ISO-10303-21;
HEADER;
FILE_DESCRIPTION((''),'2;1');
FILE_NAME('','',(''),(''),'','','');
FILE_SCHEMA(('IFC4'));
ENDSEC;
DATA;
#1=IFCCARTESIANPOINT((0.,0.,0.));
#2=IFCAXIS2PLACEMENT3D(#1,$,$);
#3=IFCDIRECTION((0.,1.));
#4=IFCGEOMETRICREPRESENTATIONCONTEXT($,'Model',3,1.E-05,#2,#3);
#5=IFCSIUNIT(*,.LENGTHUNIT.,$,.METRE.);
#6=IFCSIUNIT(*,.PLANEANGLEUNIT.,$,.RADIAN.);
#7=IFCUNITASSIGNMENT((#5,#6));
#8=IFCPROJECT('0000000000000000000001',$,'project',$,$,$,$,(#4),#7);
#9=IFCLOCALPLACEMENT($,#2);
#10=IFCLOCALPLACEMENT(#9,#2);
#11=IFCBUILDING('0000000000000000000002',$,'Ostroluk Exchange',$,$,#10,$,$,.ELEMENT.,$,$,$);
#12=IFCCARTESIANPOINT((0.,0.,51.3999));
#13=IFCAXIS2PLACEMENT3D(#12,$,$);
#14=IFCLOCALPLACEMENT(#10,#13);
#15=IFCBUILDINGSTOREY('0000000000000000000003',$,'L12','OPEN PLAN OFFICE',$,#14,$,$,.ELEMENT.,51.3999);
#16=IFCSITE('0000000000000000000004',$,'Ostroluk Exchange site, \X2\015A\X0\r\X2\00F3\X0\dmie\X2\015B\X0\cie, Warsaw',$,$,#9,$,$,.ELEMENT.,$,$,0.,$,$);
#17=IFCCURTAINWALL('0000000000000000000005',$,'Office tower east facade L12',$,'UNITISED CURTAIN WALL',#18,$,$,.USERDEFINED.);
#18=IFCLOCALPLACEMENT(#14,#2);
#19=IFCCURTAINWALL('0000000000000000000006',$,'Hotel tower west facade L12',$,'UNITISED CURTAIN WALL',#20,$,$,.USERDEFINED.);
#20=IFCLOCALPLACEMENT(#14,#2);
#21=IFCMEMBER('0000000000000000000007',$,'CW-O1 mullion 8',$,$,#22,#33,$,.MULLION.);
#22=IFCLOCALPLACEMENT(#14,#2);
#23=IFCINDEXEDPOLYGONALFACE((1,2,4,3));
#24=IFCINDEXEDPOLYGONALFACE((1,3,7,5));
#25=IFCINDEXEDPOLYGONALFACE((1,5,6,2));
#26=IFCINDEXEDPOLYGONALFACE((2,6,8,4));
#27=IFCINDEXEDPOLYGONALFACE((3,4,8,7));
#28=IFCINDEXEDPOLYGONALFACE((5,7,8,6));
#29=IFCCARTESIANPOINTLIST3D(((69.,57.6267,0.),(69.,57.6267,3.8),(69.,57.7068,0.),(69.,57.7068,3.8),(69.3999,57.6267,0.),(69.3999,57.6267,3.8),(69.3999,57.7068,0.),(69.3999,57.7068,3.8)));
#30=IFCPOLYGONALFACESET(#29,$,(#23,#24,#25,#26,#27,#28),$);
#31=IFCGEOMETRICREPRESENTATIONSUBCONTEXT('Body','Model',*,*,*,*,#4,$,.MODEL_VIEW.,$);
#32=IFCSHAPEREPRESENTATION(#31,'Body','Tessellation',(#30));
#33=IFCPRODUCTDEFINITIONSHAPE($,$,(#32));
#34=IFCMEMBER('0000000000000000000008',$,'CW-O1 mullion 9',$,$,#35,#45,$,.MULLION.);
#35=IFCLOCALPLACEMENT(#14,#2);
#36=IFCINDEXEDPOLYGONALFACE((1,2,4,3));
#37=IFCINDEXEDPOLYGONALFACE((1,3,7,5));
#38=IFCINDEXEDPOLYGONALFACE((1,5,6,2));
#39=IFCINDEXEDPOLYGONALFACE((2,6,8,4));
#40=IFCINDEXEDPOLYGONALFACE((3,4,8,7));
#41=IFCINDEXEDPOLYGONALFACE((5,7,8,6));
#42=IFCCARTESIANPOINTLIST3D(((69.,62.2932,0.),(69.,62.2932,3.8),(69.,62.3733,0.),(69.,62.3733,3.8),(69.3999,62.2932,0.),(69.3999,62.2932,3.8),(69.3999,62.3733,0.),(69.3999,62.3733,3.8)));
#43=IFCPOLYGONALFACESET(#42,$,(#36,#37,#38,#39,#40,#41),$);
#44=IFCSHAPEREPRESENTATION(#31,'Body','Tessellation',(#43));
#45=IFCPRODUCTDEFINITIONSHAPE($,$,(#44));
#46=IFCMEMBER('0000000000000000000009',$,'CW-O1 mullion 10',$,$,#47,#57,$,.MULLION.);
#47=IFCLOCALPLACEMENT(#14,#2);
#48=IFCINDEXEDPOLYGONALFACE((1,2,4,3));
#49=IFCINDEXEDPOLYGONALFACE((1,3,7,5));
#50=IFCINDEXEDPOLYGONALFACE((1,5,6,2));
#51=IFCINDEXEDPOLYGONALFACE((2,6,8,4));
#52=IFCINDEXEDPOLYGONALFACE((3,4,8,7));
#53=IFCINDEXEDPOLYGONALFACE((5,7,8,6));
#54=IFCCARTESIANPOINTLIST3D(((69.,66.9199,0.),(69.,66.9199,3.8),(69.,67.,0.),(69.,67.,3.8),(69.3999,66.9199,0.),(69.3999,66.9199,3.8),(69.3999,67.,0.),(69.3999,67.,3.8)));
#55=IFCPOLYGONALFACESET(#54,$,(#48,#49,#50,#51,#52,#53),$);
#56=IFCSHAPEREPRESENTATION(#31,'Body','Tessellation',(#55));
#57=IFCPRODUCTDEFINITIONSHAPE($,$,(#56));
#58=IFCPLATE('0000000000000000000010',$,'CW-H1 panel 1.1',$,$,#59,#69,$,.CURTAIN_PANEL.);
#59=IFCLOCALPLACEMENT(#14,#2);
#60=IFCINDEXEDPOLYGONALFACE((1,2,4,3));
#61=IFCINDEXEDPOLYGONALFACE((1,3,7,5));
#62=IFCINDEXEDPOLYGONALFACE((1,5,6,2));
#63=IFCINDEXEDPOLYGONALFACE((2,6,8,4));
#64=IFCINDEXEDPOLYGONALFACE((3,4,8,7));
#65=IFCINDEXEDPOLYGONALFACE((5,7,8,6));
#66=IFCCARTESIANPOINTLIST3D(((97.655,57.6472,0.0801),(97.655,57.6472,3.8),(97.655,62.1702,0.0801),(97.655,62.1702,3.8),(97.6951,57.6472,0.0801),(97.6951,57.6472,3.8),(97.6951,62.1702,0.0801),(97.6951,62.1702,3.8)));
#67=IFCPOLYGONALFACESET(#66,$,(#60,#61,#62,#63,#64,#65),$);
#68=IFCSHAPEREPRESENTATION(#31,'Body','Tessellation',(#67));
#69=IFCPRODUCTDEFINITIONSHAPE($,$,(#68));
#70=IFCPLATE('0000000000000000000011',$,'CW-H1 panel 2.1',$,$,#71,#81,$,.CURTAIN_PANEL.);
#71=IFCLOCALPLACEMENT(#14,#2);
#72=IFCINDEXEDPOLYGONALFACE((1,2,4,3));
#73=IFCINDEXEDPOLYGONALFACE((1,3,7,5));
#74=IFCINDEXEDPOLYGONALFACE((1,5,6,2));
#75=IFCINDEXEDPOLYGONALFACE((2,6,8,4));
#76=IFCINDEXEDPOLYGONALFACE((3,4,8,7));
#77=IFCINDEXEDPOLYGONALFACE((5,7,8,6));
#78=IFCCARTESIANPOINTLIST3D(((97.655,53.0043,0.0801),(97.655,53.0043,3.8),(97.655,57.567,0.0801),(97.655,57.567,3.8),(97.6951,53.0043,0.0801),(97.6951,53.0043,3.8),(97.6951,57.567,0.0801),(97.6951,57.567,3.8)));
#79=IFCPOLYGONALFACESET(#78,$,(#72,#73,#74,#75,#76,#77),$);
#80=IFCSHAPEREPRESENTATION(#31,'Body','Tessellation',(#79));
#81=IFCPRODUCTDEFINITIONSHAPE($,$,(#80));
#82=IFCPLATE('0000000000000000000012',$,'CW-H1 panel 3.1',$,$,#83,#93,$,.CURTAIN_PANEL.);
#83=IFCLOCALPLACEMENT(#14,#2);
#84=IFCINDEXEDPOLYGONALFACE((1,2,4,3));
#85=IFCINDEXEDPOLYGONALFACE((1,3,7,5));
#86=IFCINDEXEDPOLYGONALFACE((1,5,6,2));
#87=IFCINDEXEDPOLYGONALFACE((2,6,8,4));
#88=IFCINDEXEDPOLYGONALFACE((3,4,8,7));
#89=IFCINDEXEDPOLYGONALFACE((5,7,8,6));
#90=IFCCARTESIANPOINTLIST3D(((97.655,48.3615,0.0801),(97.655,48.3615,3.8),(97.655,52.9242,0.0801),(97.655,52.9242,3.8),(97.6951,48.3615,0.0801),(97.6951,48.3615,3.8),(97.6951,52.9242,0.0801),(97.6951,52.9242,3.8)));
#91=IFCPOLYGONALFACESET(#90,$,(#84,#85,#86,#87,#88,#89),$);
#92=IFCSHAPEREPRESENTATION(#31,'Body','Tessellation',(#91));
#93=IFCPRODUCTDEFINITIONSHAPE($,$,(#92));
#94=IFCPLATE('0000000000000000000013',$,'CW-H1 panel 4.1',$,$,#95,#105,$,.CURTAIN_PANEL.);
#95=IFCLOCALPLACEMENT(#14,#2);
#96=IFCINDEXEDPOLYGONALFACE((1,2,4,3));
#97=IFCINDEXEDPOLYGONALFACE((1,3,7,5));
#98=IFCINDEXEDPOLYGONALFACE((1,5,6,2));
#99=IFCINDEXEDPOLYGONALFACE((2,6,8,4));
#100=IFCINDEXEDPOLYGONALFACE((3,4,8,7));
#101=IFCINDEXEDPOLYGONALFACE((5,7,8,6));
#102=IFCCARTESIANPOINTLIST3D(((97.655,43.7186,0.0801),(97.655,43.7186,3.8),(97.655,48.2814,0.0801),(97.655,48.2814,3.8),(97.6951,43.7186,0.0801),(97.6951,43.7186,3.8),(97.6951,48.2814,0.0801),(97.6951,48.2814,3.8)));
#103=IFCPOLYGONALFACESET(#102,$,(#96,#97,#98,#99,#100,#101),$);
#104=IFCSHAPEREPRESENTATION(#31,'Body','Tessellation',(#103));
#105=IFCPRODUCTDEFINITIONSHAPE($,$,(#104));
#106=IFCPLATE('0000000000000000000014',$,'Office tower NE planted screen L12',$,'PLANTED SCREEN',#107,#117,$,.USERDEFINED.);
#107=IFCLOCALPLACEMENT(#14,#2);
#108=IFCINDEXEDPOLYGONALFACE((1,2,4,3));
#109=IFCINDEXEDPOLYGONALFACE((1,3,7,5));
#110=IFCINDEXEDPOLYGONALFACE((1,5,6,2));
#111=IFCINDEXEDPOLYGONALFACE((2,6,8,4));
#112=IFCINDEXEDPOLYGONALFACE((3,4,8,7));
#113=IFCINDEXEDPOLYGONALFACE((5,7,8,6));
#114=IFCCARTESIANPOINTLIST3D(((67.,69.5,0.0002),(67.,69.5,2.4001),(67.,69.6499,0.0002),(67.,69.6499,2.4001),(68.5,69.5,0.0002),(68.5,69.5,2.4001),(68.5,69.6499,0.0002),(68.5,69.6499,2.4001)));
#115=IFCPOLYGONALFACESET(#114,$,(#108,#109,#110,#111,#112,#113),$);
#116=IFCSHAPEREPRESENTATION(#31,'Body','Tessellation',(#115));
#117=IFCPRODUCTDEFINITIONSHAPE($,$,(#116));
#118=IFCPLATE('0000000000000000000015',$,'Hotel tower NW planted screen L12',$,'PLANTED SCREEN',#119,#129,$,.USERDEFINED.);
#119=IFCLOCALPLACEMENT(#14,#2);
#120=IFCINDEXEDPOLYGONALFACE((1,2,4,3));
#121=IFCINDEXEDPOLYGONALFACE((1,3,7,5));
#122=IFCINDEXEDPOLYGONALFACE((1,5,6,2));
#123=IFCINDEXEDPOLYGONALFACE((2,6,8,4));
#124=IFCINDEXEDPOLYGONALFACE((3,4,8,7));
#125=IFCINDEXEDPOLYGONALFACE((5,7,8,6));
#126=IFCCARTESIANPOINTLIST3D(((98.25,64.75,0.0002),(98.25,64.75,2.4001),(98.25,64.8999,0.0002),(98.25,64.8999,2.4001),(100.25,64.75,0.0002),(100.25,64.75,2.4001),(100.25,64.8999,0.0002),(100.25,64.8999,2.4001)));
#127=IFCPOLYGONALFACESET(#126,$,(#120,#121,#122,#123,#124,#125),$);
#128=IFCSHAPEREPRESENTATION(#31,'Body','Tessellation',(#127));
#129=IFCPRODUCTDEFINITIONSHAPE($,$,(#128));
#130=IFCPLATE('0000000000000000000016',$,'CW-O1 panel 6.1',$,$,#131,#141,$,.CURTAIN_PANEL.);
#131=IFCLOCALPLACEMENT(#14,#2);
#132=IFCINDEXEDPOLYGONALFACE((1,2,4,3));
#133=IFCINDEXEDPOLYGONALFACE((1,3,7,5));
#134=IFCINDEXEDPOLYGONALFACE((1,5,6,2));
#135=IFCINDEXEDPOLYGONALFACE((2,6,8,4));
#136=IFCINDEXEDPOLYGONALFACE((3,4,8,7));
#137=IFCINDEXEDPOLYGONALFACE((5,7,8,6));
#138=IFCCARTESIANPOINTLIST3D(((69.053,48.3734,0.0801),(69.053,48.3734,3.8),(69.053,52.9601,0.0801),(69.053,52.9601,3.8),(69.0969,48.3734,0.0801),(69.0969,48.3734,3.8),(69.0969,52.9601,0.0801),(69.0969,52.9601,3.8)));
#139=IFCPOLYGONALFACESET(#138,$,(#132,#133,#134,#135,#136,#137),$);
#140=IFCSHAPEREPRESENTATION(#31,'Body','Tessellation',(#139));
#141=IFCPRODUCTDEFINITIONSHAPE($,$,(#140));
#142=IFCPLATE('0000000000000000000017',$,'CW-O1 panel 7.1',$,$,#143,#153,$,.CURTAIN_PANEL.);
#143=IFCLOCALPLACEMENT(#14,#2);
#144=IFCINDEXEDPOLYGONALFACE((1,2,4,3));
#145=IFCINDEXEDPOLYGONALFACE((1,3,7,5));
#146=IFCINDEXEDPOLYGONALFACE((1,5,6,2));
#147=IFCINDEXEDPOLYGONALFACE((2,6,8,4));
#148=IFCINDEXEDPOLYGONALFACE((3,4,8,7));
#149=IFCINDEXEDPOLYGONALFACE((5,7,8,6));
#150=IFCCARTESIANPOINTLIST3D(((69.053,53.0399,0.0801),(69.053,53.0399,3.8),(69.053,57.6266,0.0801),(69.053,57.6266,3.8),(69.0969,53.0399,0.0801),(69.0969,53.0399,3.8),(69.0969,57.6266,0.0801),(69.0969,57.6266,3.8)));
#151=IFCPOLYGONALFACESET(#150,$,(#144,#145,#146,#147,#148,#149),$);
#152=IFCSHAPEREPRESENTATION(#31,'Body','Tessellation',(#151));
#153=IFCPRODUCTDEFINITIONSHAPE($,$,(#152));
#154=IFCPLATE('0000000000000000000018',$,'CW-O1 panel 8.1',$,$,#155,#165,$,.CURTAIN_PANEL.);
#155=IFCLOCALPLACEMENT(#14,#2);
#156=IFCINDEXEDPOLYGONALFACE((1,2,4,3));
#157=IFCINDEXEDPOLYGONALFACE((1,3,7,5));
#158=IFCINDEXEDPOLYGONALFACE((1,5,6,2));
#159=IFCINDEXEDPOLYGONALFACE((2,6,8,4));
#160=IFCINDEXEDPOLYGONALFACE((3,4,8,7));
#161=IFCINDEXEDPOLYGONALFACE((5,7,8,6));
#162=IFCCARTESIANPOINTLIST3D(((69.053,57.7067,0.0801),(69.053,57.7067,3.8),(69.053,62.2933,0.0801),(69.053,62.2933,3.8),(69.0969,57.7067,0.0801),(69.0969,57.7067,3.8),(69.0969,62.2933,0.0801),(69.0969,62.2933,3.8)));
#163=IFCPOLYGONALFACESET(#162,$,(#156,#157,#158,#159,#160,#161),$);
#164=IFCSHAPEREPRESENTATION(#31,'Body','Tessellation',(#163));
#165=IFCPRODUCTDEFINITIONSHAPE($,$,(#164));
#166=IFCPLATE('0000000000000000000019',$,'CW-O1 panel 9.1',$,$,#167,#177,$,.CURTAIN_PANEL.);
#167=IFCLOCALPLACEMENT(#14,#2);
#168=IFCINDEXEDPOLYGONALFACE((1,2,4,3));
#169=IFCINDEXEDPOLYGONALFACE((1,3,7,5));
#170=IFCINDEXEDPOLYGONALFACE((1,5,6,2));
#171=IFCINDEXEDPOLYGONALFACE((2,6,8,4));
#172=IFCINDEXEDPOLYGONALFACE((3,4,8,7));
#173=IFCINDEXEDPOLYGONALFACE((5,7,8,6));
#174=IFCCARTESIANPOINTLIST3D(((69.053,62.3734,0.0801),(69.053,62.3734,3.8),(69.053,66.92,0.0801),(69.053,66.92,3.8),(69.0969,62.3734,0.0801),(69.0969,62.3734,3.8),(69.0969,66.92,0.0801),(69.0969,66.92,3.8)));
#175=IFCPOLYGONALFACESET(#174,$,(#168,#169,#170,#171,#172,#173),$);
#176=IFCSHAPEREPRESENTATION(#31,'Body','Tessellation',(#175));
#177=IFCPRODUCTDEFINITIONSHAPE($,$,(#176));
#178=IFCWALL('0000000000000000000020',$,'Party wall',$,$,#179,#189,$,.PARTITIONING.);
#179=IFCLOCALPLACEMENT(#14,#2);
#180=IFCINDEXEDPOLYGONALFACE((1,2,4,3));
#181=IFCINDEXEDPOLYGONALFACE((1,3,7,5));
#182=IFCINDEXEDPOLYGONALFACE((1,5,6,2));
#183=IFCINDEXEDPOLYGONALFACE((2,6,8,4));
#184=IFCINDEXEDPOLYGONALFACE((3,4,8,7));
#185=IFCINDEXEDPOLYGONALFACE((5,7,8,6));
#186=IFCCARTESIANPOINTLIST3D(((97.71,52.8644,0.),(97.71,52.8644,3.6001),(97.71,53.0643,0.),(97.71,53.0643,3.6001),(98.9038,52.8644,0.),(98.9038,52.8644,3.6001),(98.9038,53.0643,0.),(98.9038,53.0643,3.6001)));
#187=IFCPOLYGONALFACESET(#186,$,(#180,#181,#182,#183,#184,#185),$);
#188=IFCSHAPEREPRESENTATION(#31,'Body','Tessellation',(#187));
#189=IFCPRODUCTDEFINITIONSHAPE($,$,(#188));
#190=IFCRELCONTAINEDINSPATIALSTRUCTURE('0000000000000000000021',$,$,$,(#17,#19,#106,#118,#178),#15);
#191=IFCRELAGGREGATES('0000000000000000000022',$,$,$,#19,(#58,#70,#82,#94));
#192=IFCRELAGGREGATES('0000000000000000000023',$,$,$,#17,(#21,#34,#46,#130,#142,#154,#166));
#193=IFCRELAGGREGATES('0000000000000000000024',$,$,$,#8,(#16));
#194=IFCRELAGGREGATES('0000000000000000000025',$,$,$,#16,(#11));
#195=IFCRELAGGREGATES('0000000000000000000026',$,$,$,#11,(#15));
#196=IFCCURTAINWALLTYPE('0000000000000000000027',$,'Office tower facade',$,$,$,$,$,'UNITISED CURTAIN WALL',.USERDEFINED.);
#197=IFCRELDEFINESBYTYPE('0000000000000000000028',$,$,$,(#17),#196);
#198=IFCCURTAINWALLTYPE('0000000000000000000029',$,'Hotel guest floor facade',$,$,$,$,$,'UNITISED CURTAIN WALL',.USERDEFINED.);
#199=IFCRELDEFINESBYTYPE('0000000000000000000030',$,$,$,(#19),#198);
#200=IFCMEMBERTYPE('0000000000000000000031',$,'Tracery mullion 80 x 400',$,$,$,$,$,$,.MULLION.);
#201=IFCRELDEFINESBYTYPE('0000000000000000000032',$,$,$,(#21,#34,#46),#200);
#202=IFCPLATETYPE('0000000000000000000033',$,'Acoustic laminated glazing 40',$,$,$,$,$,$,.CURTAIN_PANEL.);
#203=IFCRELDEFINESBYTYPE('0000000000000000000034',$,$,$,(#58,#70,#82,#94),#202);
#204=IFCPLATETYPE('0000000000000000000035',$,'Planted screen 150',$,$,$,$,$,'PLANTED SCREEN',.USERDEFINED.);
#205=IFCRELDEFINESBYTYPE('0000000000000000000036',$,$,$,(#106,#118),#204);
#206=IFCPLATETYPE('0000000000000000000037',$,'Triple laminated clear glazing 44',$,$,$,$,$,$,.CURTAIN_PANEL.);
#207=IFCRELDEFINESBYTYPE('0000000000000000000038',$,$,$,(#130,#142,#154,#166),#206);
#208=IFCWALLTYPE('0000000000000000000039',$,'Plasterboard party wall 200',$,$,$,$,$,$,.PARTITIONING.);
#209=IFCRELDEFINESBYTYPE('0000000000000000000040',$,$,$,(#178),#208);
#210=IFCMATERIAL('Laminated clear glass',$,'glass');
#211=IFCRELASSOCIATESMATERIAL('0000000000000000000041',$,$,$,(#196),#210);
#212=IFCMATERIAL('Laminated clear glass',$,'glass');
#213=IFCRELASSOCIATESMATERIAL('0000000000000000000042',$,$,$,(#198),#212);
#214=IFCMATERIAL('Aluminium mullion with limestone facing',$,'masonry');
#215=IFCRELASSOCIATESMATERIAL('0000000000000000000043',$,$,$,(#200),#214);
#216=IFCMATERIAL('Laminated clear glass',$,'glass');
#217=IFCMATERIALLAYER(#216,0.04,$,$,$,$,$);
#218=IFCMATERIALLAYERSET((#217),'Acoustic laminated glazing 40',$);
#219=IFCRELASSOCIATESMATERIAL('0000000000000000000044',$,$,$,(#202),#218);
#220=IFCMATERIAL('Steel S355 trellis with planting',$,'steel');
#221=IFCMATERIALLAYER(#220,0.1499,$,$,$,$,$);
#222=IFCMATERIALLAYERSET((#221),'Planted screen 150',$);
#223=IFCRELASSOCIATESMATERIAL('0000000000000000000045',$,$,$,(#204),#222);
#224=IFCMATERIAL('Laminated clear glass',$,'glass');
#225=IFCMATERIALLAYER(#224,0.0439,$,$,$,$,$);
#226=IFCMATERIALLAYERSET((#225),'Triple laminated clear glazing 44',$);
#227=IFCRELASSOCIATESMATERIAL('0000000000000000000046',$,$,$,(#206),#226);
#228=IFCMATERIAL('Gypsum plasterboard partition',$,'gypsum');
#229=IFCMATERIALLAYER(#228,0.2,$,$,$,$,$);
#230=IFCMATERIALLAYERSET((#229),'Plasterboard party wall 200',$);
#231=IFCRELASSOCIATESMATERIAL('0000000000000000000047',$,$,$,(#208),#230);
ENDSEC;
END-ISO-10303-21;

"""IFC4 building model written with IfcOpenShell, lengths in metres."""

from ifc_helpers import new_model, si_unit, direction, frame, frame_2d, origin, origin_2d, place, context, subcontext, project, spatial, rectangle, extrude, material, layer, layer_set, material_profile, profile_set, type_object, element, aggregate, save


model = new_model("IFC4")

# Units and contexts
model_context = context("Model", 3, precision=1e-05, world=origin(), true_north=direction((0.0, 1.0)))
body_context = subcontext(model_context, "Body", "Model", "MODEL_VIEW")
ifc_project = project(units=[si_unit("LENGTHUNIT", "METRE"), si_unit("PLANEANGLEUNIT", "RADIAN")], contexts=[model_context])

# Site, building, storey
site_placement = place(None, origin())
site = spatial("IfcSite", under=ifc_project, at=site_placement, Name="Ostroluk Exchange site, Śródmieście, Warsaw", CompositionType="ELEMENT", RefElevation=0.0)
building_placement = place(site_placement, origin())
building = spatial("IfcBuilding", under=site, at=building_placement, Name="Ostroluk Exchange", CompositionType="ELEMENT")
storey_placement = place(building_placement, frame((0.0, 0.0, 51.3999)))
storey = spatial("IfcBuildingStorey", under=building, at=storey_placement, Name="L12", Description="OPEN PLAN OFFICE", CompositionType="ELEMENT", Elevation=51.3999)

# Curtain walls
ifc_material_1 = material(Name="Laminated clear glass", Category="glass")
curtain_wall_type_1 = type_object("IfcCurtainWallType", Name="Office tower facade", ElementType="UNITISED CURTAIN WALL", PredefinedType="USERDEFINED", material=ifc_material_1)
curtain_wall_1_placement = place(storey_placement, origin())
curtain_wall_1 = element("IfcCurtainWall", 1, at=curtain_wall_1_placement, inside=storey, type_object=curtain_wall_type_1, Name="Office tower east facade L12", ObjectType="UNITISED CURTAIN WALL", PredefinedType="USERDEFINED")
ifc_material_2 = material(Name="Laminated clear glass", Category="glass")
curtain_wall_type_2 = type_object("IfcCurtainWallType", Name="Hotel guest floor facade", ElementType="UNITISED CURTAIN WALL", PredefinedType="USERDEFINED", material=ifc_material_2)
curtain_wall_2_placement = place(storey_placement, origin())
curtain_wall_2 = element("IfcCurtainWall", 2, at=curtain_wall_2_placement, inside=storey, type_object=curtain_wall_type_2, Name="Hotel tower west facade L12", ObjectType="UNITISED CURTAIN WALL", PredefinedType="USERDEFINED")

# Members
ifc_material_3 = material(Name="Aluminium mullion with limestone facing", Category="masonry")
ifc_material_profile_1 = material_profile(ifc_material_3, rectangle(XDim=0.3999, YDim=0.0801, at=origin_2d()), Name="Tracery mullion 80 x 400")
ifc_profile_set_1 = profile_set([ifc_material_profile_1], Name="Aluminium mullion with limestone facing")
member_type_1 = type_object("IfcMemberType", Name="Tracery mullion 80 x 400", PredefinedType="MULLION", material=ifc_profile_set_1)
member_1_placement = place(storey_placement, frame((69.2, 57.6667, 0.0), z_axis=(0.0, 0.0, 1.0), x_axis=(-1.0, 0.0, 0.0)))
member_1 = element("IfcMember", 3, at=member_1_placement, type_object=member_type_1, Name="CW-O1 mullion 8", PredefinedType="MULLION", context=body_context, shape_type="SweptSolid", body=[
    extrude(rectangle(XDim=0.3999, YDim=0.0801, at=origin_2d()), origin(), (0.0, 0.0, 1.0), 3.8),
])
member_2_placement = place(storey_placement, frame((69.2, 62.3333, 0.0), z_axis=(0.0, 0.0, 1.0), x_axis=(-1.0, 0.0, 0.0)))
member_2 = element("IfcMember", 4, at=member_2_placement, type_object=member_type_1, Name="CW-O1 mullion 9", PredefinedType="MULLION", context=body_context, shape_type="SweptSolid", body=[
    extrude(rectangle(XDim=0.3999, YDim=0.0801, at=origin_2d()), origin(), (0.0, 0.0, 1.0), 3.8),
])
member_3_placement = place(storey_placement, frame((69.2, 66.96, 0.0), z_axis=(0.0, 0.0, 1.0), x_axis=(-1.0, 0.0, 0.0)))
member_3 = element("IfcMember", 5, at=member_3_placement, type_object=member_type_1, Name="CW-O1 mullion 10", PredefinedType="MULLION", context=body_context, shape_type="SweptSolid", body=[
    extrude(rectangle(XDim=0.3999, YDim=0.0801, at=origin_2d()), origin(), (0.0, 0.0, 1.0), 3.8),
])

# Plates
ifc_material_4 = material(Name="Laminated clear glass", Category="glass")
ifc_layer_1 = layer(ifc_material_4, 0.04)
ifc_layer_set_1 = layer_set([ifc_layer_1], Name="Acoustic laminated glazing 40")
plate_type_1 = type_object("IfcPlateType", Name="Acoustic laminated glazing 40", PredefinedType="CURTAIN_PANEL", material=ifc_layer_set_1)
plate_1_placement = place(storey_placement, frame((97.675, 59.9087, 0.0801), z_axis=(0.0, 0.0, 1.0), x_axis=(0.0, -1.0, 0.0)))
plate_1 = element("IfcPlate", 6, at=plate_1_placement, type_object=plate_type_1, Name="CW-H1 panel 1.1", PredefinedType="CURTAIN_PANEL", context=body_context, shape_type="SweptSolid", body=[
    extrude(rectangle(XDim=4.5229, YDim=0.04, at=origin_2d()), origin(), (0.0, 0.0, 1.0), 3.72),
])
plate_2_placement = place(storey_placement, frame((97.675, 55.2856, 0.0801), z_axis=(0.0, 0.0, 1.0), x_axis=(0.0, -1.0, 0.0)))
plate_2 = element("IfcPlate", 7, at=plate_2_placement, type_object=plate_type_1, Name="CW-H1 panel 2.1", PredefinedType="CURTAIN_PANEL", context=body_context, shape_type="SweptSolid", body=[
    extrude(rectangle(XDim=4.5627, YDim=0.04, at=origin_2d()), origin(), (0.0, 0.0, 1.0), 3.72),
])
plate_3_placement = place(storey_placement, frame((97.675, 50.6428, 0.0801), z_axis=(0.0, 0.0, 1.0), x_axis=(0.0, -1.0, 0.0)))
plate_3 = element("IfcPlate", 8, at=plate_3_placement, type_object=plate_type_1, Name="CW-H1 panel 3.1", PredefinedType="CURTAIN_PANEL", context=body_context, shape_type="SweptSolid", body=[
    extrude(rectangle(XDim=4.5627, YDim=0.04, at=origin_2d()), origin(), (0.0, 0.0, 1.0), 3.72),
])
plate_4_placement = place(storey_placement, frame((97.675, 46.0, 0.0801), z_axis=(0.0, 0.0, 1.0), x_axis=(0.0, -1.0, 0.0)))
plate_4 = element("IfcPlate", 9, at=plate_4_placement, type_object=plate_type_1, Name="CW-H1 panel 4.1", PredefinedType="CURTAIN_PANEL", context=body_context, shape_type="SweptSolid", body=[
    extrude(rectangle(XDim=4.5627, YDim=0.04, at=origin_2d()), origin(), (0.0, 0.0, 1.0), 3.72),
])
aggregate(curtain_wall_2, [plate_1, plate_2, plate_3, plate_4])

# Plates
ifc_material_5 = material(Name="Steel S355 trellis with planting", Category="steel")
ifc_layer_2 = layer(ifc_material_5, 0.1499)
ifc_layer_set_2 = layer_set([ifc_layer_2], Name="Planted screen 150")
plate_type_2 = type_object("IfcPlateType", Name="Planted screen 150", ElementType="PLANTED SCREEN", PredefinedType="USERDEFINED", material=ifc_layer_set_2)
plate_5_placement = place(storey_placement, frame((67.75, 69.575, 0.0002), z_axis=(0.0, 0.0, 1.0), x_axis=(1.0, 0.0, 0.0)))
element("IfcPlate", 10, at=plate_5_placement, inside=storey, type_object=plate_type_2, Name="Office tower NE planted screen L12", ObjectType="PLANTED SCREEN", PredefinedType="USERDEFINED", context=body_context, shape_type="SweptSolid", body=[
    extrude(rectangle(XDim=1.5, YDim=0.1499, at=origin_2d()), origin(), (0.0, 0.0, 1.0), 2.3999),
])
plate_6_placement = place(storey_placement, frame((99.25, 64.825, 0.0002), z_axis=(0.0, 0.0, 1.0), x_axis=(1.0, 0.0, 0.0)))
element("IfcPlate", 11, at=plate_6_placement, inside=storey, type_object=plate_type_2, Name="Hotel tower NW planted screen L12", ObjectType="PLANTED SCREEN", PredefinedType="USERDEFINED", context=body_context, shape_type="SweptSolid", body=[
    extrude(rectangle(XDim=2.0, YDim=0.1499, at=origin_2d()), origin(), (0.0, 0.0, 1.0), 2.3999),
])

# Plates
ifc_material_6 = material(Name="Laminated clear glass", Category="glass")
ifc_layer_3 = layer(ifc_material_6, 0.0439)
ifc_layer_set_3 = layer_set([ifc_layer_3], Name="Triple laminated clear glazing 44")
plate_type_3 = type_object("IfcPlateType", Name="Triple laminated clear glazing 44", PredefinedType="CURTAIN_PANEL", material=ifc_layer_set_3)
plate_7_placement = place(storey_placement, frame((69.075, 50.6667, 0.0801), z_axis=(0.0, 0.0, 1.0), x_axis=(0.0, 1.0, 0.0)))
plate_7 = element("IfcPlate", 12, at=plate_7_placement, type_object=plate_type_3, Name="CW-O1 panel 6.1", PredefinedType="CURTAIN_PANEL", context=body_context, shape_type="SweptSolid", body=[
    extrude(rectangle(XDim=4.5867, YDim=0.0439, at=origin_2d()), origin(), (0.0, 0.0, 1.0), 3.72),
])
plate_8_placement = place(storey_placement, frame((69.075, 55.3333, 0.0801), z_axis=(0.0, 0.0, 1.0), x_axis=(0.0, 1.0, 0.0)))
plate_8 = element("IfcPlate", 13, at=plate_8_placement, type_object=plate_type_3, Name="CW-O1 panel 7.1", PredefinedType="CURTAIN_PANEL", context=body_context, shape_type="SweptSolid", body=[
    extrude(rectangle(XDim=4.5867, YDim=0.0439, at=origin_2d()), origin(), (0.0, 0.0, 1.0), 3.72),
])
plate_9_placement = place(storey_placement, frame((69.075, 60.0, 0.0801), z_axis=(0.0, 0.0, 1.0), x_axis=(0.0, 1.0, 0.0)))
plate_9 = element("IfcPlate", 14, at=plate_9_placement, type_object=plate_type_3, Name="CW-O1 panel 8.1", PredefinedType="CURTAIN_PANEL", context=body_context, shape_type="SweptSolid", body=[
    extrude(rectangle(XDim=4.5867, YDim=0.0439, at=origin_2d()), origin(), (0.0, 0.0, 1.0), 3.72),
])
plate_10_placement = place(storey_placement, frame((69.075, 64.6467, 0.0801), z_axis=(0.0, 0.0, 1.0), x_axis=(0.0, 1.0, 0.0)))
plate_10 = element("IfcPlate", 15, at=plate_10_placement, type_object=plate_type_3, Name="CW-O1 panel 9.1", PredefinedType="CURTAIN_PANEL", context=body_context, shape_type="SweptSolid", body=[
    extrude(rectangle(XDim=4.5466, YDim=0.0439, at=origin_2d()), origin(), (0.0, 0.0, 1.0), 3.72),
])
aggregate(curtain_wall_1, [member_1, member_2, member_3, plate_7, plate_8, plate_9, plate_10])

# Wall
ifc_material_7 = material(Name="Gypsum plasterboard partition", Category="gypsum")
ifc_layer_4 = layer(ifc_material_7, 0.2)
ifc_layer_set_4 = layer_set([ifc_layer_4], Name="Plasterboard party wall 200")
wall_type = type_object("IfcWallType", Name="Plasterboard party wall 200", PredefinedType="PARTITIONING", material=ifc_layer_set_4)
wall_placement = place(storey_placement, frame((98.9038, 52.9644, 0.0), z_axis=(0.0, 0.0, 1.0), x_axis=(-1.0, 0.0, 0.0)))
element("IfcWall", 16, at=wall_placement, inside=storey, type_object=wall_type, Name="Party wall", PredefinedType="PARTITIONING", context=body_context, shape_type="SweptSolid", body=[
    extrude(rectangle(XDim=1.1938, YDim=0.2, at=frame_2d((0.5969, 0.0))), origin(), (0.0, 0.0, 1.0), 3.6001),
])

save(model, "model.ifc")
